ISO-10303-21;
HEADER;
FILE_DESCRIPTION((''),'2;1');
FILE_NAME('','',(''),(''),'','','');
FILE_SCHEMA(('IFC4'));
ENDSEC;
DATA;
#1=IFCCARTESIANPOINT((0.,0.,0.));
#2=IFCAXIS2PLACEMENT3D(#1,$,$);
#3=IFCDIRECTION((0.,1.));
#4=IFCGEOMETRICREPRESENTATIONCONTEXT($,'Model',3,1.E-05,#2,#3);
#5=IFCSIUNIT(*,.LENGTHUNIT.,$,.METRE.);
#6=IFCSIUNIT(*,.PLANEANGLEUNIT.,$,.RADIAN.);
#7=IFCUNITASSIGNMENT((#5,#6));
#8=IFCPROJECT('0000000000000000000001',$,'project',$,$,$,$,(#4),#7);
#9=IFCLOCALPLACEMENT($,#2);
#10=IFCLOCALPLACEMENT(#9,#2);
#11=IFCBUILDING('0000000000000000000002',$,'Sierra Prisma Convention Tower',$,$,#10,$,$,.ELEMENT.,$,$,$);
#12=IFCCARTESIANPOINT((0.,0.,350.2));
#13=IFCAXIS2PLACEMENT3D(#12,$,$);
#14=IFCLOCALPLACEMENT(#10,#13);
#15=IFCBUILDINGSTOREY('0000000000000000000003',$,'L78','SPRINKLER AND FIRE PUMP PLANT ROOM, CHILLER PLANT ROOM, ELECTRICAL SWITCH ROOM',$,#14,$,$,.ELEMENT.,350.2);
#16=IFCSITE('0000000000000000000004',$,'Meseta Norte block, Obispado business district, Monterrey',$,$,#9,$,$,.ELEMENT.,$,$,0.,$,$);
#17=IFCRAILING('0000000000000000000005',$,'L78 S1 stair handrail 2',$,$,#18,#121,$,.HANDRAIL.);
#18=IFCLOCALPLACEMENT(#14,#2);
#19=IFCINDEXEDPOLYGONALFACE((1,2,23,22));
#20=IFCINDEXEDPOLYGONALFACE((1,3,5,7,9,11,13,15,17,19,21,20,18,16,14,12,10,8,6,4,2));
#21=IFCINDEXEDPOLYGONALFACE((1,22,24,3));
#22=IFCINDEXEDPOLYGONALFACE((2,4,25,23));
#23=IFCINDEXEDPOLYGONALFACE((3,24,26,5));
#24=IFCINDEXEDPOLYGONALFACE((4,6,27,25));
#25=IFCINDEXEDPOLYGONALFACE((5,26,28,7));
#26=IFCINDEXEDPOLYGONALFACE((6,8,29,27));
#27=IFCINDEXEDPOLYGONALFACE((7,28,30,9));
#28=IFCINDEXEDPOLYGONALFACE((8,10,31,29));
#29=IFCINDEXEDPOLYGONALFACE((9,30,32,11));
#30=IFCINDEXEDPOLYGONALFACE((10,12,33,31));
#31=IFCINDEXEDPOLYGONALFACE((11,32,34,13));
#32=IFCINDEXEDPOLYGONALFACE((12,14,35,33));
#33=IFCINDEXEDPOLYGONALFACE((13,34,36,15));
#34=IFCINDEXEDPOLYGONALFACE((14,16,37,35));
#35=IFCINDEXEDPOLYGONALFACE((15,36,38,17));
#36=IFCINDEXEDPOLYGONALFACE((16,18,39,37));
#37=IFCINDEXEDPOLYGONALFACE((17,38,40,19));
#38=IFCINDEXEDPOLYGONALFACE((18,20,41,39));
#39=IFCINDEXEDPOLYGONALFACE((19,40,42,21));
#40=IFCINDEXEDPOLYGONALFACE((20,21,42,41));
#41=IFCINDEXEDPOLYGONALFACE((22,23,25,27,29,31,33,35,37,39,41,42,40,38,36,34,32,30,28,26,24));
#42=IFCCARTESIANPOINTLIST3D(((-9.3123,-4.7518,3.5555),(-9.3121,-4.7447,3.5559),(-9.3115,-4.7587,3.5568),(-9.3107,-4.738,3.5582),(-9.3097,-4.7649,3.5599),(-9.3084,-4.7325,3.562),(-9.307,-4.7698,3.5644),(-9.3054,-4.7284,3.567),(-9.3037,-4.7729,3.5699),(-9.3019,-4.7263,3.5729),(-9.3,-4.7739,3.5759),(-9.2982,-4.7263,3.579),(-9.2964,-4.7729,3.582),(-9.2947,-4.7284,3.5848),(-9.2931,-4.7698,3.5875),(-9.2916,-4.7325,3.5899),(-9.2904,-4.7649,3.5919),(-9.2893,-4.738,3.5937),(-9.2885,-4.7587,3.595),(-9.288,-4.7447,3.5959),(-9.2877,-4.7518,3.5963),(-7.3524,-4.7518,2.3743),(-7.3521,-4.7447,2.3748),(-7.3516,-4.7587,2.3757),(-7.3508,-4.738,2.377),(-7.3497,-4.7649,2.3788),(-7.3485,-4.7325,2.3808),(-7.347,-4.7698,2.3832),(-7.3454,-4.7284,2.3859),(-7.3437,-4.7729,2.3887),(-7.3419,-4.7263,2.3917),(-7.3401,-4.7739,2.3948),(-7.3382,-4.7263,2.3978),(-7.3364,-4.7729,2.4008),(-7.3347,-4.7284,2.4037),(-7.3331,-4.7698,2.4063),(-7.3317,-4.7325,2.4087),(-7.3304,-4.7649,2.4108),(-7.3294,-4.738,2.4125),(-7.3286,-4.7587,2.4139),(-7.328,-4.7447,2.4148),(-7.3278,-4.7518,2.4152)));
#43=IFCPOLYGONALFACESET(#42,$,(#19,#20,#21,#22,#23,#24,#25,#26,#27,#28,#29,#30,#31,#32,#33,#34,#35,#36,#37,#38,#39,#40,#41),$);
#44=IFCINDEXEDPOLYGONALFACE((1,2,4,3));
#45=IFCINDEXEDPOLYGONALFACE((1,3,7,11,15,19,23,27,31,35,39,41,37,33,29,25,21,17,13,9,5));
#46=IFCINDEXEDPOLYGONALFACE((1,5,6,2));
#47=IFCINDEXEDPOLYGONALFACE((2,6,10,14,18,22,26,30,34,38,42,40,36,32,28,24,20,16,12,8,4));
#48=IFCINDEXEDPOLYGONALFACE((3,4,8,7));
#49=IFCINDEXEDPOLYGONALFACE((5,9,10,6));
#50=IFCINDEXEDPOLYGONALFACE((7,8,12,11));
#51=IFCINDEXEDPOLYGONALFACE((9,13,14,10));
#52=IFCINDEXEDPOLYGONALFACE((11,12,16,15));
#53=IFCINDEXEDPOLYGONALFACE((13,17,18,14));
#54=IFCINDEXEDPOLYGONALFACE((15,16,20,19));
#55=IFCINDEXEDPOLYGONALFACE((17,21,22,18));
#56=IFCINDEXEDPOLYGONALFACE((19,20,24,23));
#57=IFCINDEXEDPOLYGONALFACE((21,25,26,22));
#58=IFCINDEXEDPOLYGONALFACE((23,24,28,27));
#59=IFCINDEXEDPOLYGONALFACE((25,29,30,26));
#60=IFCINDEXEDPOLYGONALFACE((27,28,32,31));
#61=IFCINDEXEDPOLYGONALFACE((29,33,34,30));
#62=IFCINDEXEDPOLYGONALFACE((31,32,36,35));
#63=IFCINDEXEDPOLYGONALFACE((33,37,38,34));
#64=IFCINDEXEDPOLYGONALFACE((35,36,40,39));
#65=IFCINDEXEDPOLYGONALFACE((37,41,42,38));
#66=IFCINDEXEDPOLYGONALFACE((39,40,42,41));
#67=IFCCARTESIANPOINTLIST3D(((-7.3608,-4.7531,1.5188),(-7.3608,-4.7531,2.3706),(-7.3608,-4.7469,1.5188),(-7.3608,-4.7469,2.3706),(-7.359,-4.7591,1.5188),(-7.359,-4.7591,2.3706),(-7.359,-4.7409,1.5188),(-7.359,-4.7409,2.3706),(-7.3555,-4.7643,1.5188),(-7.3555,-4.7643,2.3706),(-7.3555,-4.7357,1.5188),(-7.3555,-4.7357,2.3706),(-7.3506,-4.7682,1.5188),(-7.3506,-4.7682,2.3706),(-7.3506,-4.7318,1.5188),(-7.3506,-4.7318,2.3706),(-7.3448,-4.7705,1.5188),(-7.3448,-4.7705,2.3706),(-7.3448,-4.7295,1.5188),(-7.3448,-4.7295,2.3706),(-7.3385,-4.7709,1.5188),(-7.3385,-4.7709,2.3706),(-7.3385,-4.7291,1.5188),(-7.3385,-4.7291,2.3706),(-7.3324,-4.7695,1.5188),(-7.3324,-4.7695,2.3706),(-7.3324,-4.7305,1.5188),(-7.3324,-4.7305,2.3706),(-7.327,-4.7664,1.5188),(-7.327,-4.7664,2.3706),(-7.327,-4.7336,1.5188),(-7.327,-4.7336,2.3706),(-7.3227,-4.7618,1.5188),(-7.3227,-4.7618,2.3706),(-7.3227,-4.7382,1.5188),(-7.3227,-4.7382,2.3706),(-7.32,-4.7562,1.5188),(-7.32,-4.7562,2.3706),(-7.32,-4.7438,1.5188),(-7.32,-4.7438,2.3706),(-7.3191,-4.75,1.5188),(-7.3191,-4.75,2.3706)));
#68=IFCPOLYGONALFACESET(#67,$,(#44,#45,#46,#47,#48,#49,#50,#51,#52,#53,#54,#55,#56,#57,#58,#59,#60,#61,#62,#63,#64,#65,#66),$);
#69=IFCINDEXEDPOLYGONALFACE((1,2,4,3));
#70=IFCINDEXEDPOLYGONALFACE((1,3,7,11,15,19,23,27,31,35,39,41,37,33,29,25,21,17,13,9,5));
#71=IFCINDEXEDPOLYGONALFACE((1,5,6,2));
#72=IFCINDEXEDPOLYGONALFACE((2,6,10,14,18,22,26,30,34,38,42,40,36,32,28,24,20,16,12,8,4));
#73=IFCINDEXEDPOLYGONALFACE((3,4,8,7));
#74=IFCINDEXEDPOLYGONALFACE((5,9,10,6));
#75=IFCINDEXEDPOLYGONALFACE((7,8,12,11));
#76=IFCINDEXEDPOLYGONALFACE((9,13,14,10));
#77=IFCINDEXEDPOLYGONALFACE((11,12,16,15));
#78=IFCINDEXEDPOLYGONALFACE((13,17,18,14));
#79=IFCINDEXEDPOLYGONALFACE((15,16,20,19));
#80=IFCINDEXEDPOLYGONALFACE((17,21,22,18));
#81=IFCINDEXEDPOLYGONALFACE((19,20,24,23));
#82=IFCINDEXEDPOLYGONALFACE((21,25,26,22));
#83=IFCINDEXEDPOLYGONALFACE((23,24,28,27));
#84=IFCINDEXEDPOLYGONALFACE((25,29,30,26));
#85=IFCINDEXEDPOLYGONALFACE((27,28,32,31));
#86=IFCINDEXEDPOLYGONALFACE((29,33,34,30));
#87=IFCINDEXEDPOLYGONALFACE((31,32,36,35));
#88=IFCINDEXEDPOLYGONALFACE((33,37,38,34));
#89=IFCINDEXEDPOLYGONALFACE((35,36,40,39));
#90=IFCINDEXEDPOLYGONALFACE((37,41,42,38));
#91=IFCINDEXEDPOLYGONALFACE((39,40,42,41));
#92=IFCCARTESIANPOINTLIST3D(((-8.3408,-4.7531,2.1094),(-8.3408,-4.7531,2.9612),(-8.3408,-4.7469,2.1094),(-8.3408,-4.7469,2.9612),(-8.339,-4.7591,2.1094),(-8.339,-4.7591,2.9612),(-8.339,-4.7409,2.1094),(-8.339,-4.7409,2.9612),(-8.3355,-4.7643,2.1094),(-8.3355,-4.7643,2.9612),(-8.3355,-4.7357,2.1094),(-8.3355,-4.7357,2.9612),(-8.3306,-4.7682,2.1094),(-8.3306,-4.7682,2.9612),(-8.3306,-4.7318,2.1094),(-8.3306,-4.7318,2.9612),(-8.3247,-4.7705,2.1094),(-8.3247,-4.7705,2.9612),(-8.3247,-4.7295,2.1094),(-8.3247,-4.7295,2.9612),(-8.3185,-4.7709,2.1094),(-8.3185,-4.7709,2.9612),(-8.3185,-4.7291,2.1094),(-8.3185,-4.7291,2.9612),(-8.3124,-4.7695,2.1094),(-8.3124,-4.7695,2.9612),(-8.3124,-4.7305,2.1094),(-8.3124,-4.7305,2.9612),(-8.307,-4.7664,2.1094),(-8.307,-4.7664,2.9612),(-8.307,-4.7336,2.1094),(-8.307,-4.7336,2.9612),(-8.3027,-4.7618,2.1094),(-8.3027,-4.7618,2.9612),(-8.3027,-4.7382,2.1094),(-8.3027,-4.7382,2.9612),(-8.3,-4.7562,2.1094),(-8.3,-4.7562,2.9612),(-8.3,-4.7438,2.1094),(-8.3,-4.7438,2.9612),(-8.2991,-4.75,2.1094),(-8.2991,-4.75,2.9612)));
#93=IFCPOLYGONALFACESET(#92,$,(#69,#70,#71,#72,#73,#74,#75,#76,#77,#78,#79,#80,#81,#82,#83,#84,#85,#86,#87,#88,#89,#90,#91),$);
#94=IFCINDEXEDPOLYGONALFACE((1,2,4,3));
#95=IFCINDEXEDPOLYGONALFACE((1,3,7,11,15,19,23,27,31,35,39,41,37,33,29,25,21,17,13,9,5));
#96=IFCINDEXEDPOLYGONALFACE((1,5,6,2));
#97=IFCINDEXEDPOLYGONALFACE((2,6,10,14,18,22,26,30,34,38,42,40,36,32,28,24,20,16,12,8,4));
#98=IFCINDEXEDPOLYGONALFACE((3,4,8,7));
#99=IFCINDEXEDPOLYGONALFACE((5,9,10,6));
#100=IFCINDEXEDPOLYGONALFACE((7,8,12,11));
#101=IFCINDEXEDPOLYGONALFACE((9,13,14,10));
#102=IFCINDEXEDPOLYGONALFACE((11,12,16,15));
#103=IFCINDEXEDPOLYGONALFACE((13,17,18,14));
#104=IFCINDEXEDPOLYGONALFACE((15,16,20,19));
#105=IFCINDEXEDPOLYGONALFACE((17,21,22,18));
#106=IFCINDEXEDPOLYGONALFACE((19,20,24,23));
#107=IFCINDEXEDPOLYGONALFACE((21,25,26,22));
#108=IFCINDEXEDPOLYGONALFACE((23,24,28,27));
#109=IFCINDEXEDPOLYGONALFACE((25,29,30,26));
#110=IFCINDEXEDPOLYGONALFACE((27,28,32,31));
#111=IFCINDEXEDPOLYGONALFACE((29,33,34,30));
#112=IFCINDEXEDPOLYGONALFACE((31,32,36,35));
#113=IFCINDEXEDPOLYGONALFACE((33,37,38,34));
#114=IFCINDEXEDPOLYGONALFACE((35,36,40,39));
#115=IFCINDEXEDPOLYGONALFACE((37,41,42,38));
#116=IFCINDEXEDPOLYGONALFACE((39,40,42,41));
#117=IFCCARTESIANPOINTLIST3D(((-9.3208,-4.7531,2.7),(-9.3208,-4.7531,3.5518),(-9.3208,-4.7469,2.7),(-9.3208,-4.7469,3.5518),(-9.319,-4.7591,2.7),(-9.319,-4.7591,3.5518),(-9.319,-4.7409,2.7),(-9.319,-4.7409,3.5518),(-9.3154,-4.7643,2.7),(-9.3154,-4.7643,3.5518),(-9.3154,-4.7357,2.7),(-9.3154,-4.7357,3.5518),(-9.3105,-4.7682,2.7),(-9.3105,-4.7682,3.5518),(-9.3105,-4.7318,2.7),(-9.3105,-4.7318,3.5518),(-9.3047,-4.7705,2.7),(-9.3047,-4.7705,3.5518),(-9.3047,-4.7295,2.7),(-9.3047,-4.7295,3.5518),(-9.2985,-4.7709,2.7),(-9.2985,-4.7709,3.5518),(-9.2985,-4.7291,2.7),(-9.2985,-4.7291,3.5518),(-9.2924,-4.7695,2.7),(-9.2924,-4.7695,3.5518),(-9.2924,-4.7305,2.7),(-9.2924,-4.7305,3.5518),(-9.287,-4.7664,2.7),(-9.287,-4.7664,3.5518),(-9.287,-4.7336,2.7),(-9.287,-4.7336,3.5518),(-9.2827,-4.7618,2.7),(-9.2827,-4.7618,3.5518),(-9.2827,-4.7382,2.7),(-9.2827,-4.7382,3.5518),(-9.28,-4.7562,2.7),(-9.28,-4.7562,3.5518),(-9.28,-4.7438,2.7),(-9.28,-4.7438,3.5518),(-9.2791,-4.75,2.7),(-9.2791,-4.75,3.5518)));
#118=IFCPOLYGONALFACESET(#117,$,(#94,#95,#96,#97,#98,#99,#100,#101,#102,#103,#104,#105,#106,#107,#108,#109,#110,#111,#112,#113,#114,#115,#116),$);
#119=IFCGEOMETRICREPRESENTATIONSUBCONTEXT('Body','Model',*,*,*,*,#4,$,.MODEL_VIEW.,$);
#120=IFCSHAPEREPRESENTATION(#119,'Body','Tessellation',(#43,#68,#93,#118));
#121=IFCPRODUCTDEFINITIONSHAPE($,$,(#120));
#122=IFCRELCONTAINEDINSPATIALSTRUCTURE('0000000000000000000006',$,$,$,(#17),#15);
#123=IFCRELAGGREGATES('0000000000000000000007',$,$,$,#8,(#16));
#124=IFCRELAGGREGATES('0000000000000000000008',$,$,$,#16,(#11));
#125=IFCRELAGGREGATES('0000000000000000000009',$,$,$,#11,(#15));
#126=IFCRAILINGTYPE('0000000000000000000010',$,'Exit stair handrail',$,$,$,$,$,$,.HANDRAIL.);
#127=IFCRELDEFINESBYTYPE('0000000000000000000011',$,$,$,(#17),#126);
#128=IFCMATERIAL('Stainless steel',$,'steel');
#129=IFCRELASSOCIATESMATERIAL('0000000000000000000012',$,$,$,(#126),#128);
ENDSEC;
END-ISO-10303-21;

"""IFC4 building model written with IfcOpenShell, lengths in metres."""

from ifc_helpers import new_model, si_unit, direction, frame, origin, origin_2d, place, context, subcontext, project, spatial, circle, extrude, material, type_object, element, save


model = new_model("IFC4")

# Units and contexts
model_context = context("Model", 3, precision=1e-05, world=origin(), true_north=direction((0.0, 1.0)))
body_context = subcontext(model_context, "Body", "Model", "MODEL_VIEW")
ifc_project = project(units=[si_unit("LENGTHUNIT", "METRE"), si_unit("PLANEANGLEUNIT", "RADIAN")], contexts=[model_context])

# Site, building, storey
site_placement = place(None, origin())
site = spatial("IfcSite", under=ifc_project, at=site_placement, Name="Meseta Norte block, Obispado business district, Monterrey", CompositionType="ELEMENT", RefElevation=0.0)
building_placement = place(site_placement, origin())
building = spatial("IfcBuilding", under=site, at=building_placement, Name="Sierra Prisma Convention Tower", CompositionType="ELEMENT")
storey_placement = place(building_placement, frame((0.0, 0.0, 350.2)))
storey = spatial("IfcBuildingStorey", under=building, at=storey_placement, Name="L78", Description="SPRINKLER AND FIRE PUMP PLANT ROOM, CHILLER PLANT ROOM, ELECTRICAL SWITCH ROOM", CompositionType="ELEMENT", Elevation=350.2)

# Railing
ifc_material_1 = material(Name="Stainless steel", Category="steel")
railing_type_1 = type_object("IfcRailingType", Name="Exit stair handrail", PredefinedType="HANDRAIL", material=ifc_material_1)
railing_1_placement = place(storey_placement, frame((-7.3401, -4.75, 1.5188)))
element("IfcRailing", 1, at=railing_1_placement, inside=storey, type_object=railing_type_1, Name="L78 S1 stair handrail 2", PredefinedType="HANDRAIL", context=body_context, shape_type="SweptSolid", body=[
    extrude(circle(Radius=0.0239, at=origin_2d()), frame((0.0, 0.0, 0.876), z_axis=(-0.856493, 0.0, 0.516158), x_axis=(0.0, -1.0, 0.0)), (0.0, 0.0, 1.0), 2.2883),
    extrude(circle(Radius=0.021, at=origin_2d()), origin(), (0.0, 0.0, 1.0), 0.8518),
    extrude(circle(Radius=0.021, at=origin_2d()), frame((-0.98, 0.0, 0.5906)), (0.0, 0.0, 1.0), 0.8518),
    extrude(circle(Radius=0.021, at=origin_2d()), frame((-1.96, 0.0, 1.1812)), (0.0, 0.0, 1.0), 0.8518),
])

save(model, "model.ifc")
